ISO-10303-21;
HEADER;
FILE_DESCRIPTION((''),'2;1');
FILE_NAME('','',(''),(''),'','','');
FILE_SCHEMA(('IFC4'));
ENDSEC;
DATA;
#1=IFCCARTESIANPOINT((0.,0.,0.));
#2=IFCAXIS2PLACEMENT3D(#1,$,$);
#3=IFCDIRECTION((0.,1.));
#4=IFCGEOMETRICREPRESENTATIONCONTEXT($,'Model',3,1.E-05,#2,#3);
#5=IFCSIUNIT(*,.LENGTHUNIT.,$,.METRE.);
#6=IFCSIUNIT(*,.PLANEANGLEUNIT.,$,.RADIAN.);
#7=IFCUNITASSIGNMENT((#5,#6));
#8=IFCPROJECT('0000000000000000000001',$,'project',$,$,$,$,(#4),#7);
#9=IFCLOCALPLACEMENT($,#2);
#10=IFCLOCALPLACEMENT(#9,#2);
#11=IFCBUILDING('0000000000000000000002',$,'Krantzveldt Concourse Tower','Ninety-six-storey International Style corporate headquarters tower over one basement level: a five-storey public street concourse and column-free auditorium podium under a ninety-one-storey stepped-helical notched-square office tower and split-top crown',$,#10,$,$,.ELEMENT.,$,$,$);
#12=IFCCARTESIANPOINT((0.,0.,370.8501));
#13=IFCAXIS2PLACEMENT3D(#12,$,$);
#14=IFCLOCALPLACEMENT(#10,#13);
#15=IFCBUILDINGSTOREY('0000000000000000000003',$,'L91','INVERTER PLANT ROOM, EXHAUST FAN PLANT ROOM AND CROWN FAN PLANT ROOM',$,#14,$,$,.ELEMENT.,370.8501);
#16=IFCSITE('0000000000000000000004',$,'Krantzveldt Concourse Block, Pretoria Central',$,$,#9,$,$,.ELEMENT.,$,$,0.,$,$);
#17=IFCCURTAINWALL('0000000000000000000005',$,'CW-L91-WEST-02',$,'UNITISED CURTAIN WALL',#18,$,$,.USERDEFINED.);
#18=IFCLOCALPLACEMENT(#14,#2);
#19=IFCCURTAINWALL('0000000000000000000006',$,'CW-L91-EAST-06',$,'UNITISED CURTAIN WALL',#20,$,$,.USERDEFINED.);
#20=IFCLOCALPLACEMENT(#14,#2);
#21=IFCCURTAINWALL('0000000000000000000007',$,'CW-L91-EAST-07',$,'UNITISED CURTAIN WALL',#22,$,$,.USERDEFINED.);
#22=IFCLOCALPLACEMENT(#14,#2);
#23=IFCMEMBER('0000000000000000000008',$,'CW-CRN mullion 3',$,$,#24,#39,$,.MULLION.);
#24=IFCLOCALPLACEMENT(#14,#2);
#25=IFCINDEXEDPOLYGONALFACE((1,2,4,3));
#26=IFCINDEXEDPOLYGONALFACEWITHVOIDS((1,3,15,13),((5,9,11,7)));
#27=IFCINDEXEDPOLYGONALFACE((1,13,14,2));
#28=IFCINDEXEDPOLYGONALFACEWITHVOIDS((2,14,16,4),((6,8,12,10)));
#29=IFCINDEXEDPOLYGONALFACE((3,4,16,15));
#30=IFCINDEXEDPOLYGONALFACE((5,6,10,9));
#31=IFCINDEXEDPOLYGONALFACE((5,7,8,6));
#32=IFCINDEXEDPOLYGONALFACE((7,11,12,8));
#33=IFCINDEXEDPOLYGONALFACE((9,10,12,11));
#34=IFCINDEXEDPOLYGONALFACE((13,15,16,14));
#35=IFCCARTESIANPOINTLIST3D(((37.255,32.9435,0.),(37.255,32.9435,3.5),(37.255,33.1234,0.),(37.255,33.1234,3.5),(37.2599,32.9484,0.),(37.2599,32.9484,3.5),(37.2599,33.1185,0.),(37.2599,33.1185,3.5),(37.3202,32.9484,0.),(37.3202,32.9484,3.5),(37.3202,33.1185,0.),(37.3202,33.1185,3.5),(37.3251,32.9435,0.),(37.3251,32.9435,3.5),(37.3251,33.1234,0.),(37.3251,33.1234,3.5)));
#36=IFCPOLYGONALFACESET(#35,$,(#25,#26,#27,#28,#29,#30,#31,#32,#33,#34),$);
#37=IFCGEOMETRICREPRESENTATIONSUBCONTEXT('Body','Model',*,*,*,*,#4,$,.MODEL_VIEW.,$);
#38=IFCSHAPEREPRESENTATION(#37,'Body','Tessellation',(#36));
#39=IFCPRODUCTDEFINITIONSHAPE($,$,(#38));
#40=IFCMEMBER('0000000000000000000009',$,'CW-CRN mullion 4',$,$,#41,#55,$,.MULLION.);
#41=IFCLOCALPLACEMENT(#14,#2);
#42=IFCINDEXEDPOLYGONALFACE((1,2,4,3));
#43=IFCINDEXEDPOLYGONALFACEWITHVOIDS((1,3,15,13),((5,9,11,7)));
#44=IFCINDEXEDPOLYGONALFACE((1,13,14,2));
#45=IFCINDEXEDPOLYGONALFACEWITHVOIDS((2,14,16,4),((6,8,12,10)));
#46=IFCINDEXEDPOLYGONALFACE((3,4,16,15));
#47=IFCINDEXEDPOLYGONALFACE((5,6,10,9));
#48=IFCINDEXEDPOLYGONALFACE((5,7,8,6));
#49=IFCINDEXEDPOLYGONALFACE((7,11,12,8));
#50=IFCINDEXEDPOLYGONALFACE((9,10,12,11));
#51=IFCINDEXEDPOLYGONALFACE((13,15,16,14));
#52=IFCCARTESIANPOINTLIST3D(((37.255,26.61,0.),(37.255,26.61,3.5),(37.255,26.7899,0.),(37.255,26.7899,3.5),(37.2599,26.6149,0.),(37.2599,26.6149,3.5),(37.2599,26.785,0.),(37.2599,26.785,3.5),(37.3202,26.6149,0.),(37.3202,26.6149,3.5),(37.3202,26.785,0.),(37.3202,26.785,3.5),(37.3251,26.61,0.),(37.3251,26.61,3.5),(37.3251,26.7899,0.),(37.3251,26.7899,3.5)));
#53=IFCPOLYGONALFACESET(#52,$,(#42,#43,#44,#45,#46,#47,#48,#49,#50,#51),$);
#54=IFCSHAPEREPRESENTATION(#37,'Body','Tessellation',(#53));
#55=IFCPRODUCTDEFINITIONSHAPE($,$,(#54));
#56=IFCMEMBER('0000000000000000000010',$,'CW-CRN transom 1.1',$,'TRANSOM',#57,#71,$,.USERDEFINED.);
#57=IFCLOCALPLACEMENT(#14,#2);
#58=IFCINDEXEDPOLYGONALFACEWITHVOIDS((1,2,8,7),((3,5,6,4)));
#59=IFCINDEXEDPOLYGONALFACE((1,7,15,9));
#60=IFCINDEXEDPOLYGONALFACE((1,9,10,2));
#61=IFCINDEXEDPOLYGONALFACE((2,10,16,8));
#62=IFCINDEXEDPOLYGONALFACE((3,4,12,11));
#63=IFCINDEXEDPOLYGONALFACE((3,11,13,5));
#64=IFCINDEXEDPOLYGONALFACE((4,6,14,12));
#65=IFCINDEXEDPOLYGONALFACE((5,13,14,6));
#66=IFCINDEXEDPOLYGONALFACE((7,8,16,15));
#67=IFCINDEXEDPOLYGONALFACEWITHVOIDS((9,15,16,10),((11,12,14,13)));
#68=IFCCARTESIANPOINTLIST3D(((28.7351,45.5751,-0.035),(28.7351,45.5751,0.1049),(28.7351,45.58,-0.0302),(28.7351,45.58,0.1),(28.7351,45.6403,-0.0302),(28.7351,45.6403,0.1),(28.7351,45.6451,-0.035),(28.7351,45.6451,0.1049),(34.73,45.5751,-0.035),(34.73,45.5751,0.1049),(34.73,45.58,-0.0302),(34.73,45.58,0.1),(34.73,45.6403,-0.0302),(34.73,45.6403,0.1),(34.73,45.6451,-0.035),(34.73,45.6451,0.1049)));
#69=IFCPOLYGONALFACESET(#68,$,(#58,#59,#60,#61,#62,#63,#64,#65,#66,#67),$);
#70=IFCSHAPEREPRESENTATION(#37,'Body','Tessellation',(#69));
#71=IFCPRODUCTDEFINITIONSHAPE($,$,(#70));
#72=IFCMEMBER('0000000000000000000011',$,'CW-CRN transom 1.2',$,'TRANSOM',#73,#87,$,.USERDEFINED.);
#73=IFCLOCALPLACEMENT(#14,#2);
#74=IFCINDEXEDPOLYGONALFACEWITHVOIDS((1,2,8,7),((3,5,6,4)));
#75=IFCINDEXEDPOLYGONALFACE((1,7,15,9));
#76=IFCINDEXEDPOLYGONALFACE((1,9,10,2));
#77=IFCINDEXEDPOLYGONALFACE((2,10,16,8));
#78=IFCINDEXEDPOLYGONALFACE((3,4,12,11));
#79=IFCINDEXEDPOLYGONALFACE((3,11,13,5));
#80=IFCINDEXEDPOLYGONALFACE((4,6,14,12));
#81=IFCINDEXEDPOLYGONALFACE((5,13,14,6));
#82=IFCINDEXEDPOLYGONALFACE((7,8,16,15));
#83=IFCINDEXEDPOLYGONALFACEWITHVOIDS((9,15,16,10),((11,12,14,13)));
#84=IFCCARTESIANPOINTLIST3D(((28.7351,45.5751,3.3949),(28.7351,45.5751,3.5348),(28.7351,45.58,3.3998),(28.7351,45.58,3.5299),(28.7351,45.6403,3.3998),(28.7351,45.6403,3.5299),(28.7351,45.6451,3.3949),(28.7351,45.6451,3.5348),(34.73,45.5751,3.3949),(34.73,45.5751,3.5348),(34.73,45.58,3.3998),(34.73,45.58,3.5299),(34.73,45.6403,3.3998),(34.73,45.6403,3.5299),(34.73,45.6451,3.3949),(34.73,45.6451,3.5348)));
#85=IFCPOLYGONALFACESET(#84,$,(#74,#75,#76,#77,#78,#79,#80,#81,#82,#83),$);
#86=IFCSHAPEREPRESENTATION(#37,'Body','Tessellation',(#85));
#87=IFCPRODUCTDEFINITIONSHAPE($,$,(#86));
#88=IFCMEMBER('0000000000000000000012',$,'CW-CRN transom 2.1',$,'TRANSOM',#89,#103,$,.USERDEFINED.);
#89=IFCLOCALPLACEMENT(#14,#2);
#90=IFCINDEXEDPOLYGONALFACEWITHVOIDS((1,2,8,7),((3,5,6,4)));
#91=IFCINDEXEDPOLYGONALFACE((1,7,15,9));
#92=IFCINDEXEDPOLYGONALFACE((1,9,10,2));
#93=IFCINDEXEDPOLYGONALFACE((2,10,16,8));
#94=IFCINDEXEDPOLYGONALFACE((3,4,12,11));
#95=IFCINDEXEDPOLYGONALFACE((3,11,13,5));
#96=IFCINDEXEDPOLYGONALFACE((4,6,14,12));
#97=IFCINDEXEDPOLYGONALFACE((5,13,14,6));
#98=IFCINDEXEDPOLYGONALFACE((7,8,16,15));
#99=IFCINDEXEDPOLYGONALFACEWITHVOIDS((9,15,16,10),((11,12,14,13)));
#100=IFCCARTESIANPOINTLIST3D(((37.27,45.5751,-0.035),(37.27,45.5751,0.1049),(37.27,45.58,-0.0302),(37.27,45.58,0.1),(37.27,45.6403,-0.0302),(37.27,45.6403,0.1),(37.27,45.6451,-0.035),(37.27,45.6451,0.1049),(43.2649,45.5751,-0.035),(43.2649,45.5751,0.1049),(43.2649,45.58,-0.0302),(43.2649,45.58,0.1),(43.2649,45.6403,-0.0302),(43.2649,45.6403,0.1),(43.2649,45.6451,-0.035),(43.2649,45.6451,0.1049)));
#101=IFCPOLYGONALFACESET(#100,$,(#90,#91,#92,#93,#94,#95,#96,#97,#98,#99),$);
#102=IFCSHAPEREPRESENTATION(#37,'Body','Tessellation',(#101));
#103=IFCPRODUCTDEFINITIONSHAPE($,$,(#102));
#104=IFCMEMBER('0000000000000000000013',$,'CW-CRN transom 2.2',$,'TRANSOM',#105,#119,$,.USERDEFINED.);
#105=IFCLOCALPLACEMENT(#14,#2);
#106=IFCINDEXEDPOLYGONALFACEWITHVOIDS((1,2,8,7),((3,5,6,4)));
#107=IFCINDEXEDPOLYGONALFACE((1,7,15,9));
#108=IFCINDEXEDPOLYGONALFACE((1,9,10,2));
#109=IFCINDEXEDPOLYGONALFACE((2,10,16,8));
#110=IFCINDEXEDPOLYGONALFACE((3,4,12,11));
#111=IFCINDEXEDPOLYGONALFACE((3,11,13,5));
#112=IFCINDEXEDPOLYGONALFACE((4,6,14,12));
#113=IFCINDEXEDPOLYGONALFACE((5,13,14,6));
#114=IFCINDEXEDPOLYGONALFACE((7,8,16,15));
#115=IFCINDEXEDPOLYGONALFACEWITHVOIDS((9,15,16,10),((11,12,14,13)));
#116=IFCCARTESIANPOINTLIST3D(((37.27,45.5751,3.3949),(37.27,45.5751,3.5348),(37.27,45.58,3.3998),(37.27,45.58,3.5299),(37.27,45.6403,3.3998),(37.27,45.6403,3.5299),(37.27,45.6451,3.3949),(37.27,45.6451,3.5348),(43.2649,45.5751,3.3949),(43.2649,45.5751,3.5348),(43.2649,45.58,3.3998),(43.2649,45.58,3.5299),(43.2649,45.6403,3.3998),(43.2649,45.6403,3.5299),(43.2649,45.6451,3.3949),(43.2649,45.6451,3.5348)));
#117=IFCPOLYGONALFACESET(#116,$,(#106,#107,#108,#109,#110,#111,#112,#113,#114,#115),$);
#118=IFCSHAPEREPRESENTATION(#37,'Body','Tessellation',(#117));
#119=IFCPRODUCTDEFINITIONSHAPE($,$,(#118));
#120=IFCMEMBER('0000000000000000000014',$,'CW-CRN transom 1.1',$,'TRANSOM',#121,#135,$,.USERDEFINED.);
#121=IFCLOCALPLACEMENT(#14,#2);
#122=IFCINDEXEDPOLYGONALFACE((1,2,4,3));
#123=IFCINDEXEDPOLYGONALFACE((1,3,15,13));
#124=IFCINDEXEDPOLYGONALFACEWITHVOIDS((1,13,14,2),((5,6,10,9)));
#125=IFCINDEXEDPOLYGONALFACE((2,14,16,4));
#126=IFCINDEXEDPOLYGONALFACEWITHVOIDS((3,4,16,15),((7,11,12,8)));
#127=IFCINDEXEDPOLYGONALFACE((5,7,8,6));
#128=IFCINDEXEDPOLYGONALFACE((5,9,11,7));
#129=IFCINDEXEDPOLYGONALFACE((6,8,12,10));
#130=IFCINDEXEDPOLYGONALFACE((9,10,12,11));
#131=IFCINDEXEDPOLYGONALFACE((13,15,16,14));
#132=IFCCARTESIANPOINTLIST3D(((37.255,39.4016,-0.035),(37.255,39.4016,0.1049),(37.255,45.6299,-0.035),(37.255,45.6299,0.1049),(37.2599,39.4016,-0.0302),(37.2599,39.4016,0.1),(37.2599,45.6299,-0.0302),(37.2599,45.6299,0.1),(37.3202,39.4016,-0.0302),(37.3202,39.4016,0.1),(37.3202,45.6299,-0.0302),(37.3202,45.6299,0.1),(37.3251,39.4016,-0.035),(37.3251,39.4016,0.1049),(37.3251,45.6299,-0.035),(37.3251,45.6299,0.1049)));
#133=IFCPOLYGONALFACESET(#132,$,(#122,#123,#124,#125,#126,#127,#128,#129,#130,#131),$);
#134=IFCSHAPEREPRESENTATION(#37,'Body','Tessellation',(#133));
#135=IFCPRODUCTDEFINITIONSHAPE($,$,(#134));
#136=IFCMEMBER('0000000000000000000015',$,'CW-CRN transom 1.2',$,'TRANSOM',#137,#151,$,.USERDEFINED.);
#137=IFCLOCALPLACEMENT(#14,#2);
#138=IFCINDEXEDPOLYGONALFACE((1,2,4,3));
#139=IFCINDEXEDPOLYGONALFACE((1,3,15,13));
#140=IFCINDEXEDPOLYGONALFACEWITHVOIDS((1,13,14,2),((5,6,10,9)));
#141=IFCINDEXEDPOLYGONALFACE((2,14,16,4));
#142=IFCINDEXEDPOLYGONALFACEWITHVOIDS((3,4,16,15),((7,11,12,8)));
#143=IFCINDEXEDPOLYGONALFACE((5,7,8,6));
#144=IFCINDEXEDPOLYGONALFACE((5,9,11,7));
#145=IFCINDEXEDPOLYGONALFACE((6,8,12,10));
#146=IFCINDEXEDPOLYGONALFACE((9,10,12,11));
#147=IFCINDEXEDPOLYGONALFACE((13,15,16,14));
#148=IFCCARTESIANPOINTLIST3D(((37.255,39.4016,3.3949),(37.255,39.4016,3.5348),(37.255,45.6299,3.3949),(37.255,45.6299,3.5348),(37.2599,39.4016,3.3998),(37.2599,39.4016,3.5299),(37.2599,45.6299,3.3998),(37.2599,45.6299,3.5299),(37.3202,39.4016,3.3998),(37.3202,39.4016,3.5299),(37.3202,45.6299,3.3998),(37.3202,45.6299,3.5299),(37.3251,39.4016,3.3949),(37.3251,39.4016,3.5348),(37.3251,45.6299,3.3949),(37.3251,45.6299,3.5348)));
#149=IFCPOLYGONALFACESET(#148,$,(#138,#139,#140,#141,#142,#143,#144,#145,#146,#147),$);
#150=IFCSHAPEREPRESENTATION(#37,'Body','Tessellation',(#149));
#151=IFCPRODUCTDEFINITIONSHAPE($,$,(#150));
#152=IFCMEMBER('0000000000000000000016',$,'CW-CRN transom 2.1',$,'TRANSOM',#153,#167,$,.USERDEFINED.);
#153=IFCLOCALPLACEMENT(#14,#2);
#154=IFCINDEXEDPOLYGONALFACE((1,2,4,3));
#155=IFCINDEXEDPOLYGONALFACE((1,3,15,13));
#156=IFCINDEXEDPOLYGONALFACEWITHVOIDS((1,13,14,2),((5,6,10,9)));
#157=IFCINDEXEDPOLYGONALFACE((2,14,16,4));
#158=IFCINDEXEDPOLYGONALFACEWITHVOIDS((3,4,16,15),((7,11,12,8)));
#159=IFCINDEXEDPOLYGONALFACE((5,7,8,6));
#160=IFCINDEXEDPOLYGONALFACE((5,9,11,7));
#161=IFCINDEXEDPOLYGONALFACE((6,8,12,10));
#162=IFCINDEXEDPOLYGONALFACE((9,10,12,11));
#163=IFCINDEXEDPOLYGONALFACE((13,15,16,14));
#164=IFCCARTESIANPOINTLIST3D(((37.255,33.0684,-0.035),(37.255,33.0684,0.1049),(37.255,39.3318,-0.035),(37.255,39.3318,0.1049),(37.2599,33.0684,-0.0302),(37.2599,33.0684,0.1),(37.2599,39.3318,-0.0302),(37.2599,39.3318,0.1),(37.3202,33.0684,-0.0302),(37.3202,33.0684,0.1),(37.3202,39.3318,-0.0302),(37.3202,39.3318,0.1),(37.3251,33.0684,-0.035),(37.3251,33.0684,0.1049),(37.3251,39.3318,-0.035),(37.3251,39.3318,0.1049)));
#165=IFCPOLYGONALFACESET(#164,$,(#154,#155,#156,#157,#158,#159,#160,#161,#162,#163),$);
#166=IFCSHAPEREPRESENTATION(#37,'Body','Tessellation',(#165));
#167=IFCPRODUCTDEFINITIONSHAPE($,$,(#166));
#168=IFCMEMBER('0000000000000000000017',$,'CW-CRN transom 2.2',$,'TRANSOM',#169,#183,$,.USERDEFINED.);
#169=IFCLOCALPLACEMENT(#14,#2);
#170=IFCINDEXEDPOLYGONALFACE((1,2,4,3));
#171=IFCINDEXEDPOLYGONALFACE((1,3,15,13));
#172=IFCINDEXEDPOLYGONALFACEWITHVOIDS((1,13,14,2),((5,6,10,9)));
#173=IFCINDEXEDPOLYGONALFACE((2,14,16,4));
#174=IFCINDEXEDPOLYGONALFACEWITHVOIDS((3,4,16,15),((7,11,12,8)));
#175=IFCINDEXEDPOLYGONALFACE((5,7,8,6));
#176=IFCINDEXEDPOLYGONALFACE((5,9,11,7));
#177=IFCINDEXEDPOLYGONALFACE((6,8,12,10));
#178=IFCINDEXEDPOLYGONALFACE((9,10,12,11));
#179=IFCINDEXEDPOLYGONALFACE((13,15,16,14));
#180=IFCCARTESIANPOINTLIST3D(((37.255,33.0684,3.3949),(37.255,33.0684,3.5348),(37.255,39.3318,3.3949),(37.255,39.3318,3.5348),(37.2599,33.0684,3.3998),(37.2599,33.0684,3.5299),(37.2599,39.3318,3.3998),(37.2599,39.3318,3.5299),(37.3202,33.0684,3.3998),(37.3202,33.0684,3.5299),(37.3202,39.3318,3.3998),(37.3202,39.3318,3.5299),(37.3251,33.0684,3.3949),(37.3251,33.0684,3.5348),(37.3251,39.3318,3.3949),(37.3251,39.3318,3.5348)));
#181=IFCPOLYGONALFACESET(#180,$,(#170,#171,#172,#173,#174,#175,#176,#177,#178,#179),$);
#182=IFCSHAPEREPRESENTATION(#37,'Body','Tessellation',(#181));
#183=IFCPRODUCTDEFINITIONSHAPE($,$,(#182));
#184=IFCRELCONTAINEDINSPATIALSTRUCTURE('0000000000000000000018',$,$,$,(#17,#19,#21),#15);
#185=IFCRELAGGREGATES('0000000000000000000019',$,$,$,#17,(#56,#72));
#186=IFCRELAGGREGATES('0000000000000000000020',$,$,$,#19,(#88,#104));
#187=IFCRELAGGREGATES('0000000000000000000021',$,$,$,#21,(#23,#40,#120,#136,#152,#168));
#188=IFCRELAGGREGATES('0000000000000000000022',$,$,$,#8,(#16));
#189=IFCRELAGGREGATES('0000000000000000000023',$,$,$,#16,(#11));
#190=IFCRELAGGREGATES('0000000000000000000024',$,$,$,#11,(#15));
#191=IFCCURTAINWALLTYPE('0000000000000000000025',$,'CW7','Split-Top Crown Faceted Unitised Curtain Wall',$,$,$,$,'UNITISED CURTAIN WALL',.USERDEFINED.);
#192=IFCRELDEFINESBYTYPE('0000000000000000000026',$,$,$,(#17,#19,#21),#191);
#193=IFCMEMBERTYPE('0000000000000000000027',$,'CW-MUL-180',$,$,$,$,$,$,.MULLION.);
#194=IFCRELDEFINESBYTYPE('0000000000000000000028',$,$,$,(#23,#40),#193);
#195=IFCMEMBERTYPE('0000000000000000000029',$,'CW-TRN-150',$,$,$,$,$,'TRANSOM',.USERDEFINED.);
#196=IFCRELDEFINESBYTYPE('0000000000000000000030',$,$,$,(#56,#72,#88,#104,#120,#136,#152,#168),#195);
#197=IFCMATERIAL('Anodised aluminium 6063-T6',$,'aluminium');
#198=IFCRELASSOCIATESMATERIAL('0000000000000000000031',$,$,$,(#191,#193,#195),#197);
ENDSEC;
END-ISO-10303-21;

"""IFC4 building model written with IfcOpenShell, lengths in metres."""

from ifc_helpers import new_model, si_unit, direction, frame, origin, origin_2d, place, context, subcontext, project, spatial, hollow_rectangle, extrude, source, transform, mapped, material, material_profile, profile_set, type_object, type_shapes, element, aggregate, save


model = new_model("IFC4")

# Units and contexts
model_context = context("Model", 3, precision=1e-05, world=origin(), true_north=direction((0.0, 1.0)))
body_context = subcontext(model_context, "Body", "Model", "MODEL_VIEW")
ifc_project = project(units=[si_unit("LENGTHUNIT", "METRE"), si_unit("PLANEANGLEUNIT", "RADIAN")], contexts=[model_context])

# Site, building, storey
site_placement = place(None, origin())
site = spatial("IfcSite", under=ifc_project, at=site_placement, Name="Krantzveldt Concourse Block, Pretoria Central", CompositionType="ELEMENT", RefElevation=0.0)
building_placement = place(site_placement, origin())
building = spatial("IfcBuilding", under=site, at=building_placement, Name="Krantzveldt Concourse Tower", Description="Ninety-six-storey International Style corporate headquarters tower over one basement level: a five-storey public street concourse and column-free auditorium podium under a ninety-one-storey stepped-helical notched-square office tower and split-top crown", CompositionType="ELEMENT")
storey_placement = place(building_placement, frame((0.0, 0.0, 370.8501)))
storey = spatial("IfcBuildingStorey", under=building, at=storey_placement, Name="L91", Description="INVERTER PLANT ROOM, EXHAUST FAN PLANT ROOM AND CROWN FAN PLANT ROOM", CompositionType="ELEMENT", Elevation=370.8501)

# Curtain wall
ifc_material_1 = material(Name="Anodised aluminium 6063-T6", Category="aluminium")
curtain_wall_type = type_object("IfcCurtainWallType", Name="CW7", Description="Split-Top Crown Faceted Unitised Curtain Wall", ElementType="UNITISED CURTAIN WALL", PredefinedType="USERDEFINED", material=ifc_material_1)
curtain_wall_1_placement = place(storey_placement, origin())
curtain_wall_1 = element("IfcCurtainWall", 1, at=curtain_wall_1_placement, inside=storey, type_object=curtain_wall_type, Name="CW-L91-WEST-02", ObjectType="UNITISED CURTAIN WALL", PredefinedType="USERDEFINED")
ifc_material_profile_1 = material_profile(ifc_material_1, hollow_rectangle(XDim=0.0701, YDim=0.1799, WallThickness=0.0049, at=origin_2d()), Name="Anodised aluminium 6063-T6", Category="aluminium")
ifc_profile_set_1 = profile_set([ifc_material_profile_1], Name="Anodised aluminium 6063-T6 - ALU-MULL 180x70x5")
member_type_1 = type_object("IfcMemberType", Name="CW-MUL-180", PredefinedType="MULLION", material=ifc_profile_set_1)
shared_shape_1 = source(origin(), body_context, "Body", "SweptSolid", [
    extrude(hollow_rectangle(XDim=0.0701, YDim=0.1799, WallThickness=0.0049, at=origin_2d()), origin(), (0.0, 0.0, 1.0), 3.5),
])
type_shapes(member_type_1, [shared_shape_1])

# Curtain walls, members
curtain_wall_2_placement = place(storey_placement, origin())
curtain_wall_2 = element("IfcCurtainWall", 2, at=curtain_wall_2_placement, inside=storey, type_object=curtain_wall_type, Name="CW-L91-EAST-06", ObjectType="UNITISED CURTAIN WALL", PredefinedType="USERDEFINED")
curtain_wall_3_placement = place(storey_placement, origin())
curtain_wall_3 = element("IfcCurtainWall", 3, at=curtain_wall_3_placement, inside=storey, type_object=curtain_wall_type, Name="CW-L91-EAST-07", ObjectType="UNITISED CURTAIN WALL", PredefinedType="USERDEFINED")
member_1_placement = place(storey_placement, frame((37.29, 33.0334, 0.0), z_axis=(0.0, 0.0, 1.0), x_axis=(1.0, 0.0, 0.0)))
member_1 = element("IfcMember", 4, at=member_1_placement, type_object=member_type_1, Name="CW-CRN mullion 3", PredefinedType="MULLION", context=body_context, shape_type="MappedRepresentation", body=[
    mapped(shared_shape_1, transform((0.0, 0.0, 0.0), x_axis=(1.0, 0.0, 0.0), y_axis=(0.0, 1.0, 0.0), z_axis=(0.0, 0.0, 1.0), scale=1.0)),
])
member_2_placement = place(storey_placement, frame((37.29, 26.7, 0.0), z_axis=(0.0, 0.0, 1.0), x_axis=(1.0, 0.0, 0.0)))
member_2 = element("IfcMember", 5, at=member_2_placement, type_object=member_type_1, Name="CW-CRN mullion 4", PredefinedType="MULLION", context=body_context, shape_type="MappedRepresentation", body=[
    mapped(shared_shape_1, transform((0.0, 0.0, 0.0), x_axis=(1.0, 0.0, 0.0), y_axis=(0.0, 1.0, 0.0), z_axis=(0.0, 0.0, 1.0), scale=1.0)),
])

# Members
ifc_material_profile_2 = material_profile(ifc_material_1, hollow_rectangle(XDim=0.0701, YDim=0.1399, WallThickness=0.0049, at=origin_2d()), Name="Anodised aluminium 6063-T6", Category="aluminium")
ifc_profile_set_2 = profile_set([ifc_material_profile_2], Name="Anodised aluminium 6063-T6 - ALU-TRAN 140x70x5")
member_type_2 = type_object("IfcMemberType", Name="CW-TRN-150", ElementType="TRANSOM", PredefinedType="USERDEFINED", material=ifc_profile_set_2)
shared_shape_2 = source(origin(), body_context, "Body", "SweptSolid", [
    extrude(hollow_rectangle(XDim=0.0701, YDim=0.1399, WallThickness=0.0049, at=origin_2d()), origin(), (0.0, 0.0, 1.0), 5.9949),
])
member_3_placement = place(storey_placement, frame((34.73, 45.6101, 0.0349), z_axis=(-1.0, 0.0, 0.0), x_axis=(0.0, -1.0, 0.0)))
member_3 = element("IfcMember", 6, at=member_3_placement, type_object=member_type_2, Name="CW-CRN transom 1.1", ObjectType="TRANSOM", PredefinedType="USERDEFINED", context=body_context, shape_type="MappedRepresentation", body=[
    mapped(shared_shape_2, transform((0.0, 0.0, 0.0), x_axis=(1.0, 0.0, 0.0), y_axis=(0.0, 1.0, 0.0), z_axis=(0.0, 0.0, 1.0), scale=1.0)),
])
member_4_placement = place(storey_placement, frame((34.73, 45.6101, 3.4648), z_axis=(-1.0, 0.0, 0.0), x_axis=(0.0, -1.0, 0.0)))
member_4 = element("IfcMember", 7, at=member_4_placement, type_object=member_type_2, Name="CW-CRN transom 1.2", ObjectType="TRANSOM", PredefinedType="USERDEFINED", context=body_context, shape_type="MappedRepresentation", body=[
    mapped(shared_shape_2, transform((0.0, 0.0, 0.0), x_axis=(1.0, 0.0, 0.0), y_axis=(0.0, 1.0, 0.0), z_axis=(0.0, 0.0, 1.0), scale=1.0)),
])
aggregate(curtain_wall_1, [member_3, member_4])
member_5_placement = place(storey_placement, frame((43.2649, 45.6101, 0.0349), z_axis=(-1.0, 0.0, 0.0), x_axis=(0.0, -1.0, 0.0)))
member_5 = element("IfcMember", 8, at=member_5_placement, type_object=member_type_2, Name="CW-CRN transom 2.1", ObjectType="TRANSOM", PredefinedType="USERDEFINED", context=body_context, shape_type="MappedRepresentation", body=[
    mapped(shared_shape_2, transform((0.0, 0.0, 0.0), x_axis=(1.0, 0.0, 0.0), y_axis=(0.0, 1.0, 0.0), z_axis=(0.0, 0.0, 1.0), scale=1.0)),
])
member_6_placement = place(storey_placement, frame((43.2649, 45.6101, 3.4648), z_axis=(-1.0, 0.0, 0.0), x_axis=(0.0, -1.0, 0.0)))
member_6 = element("IfcMember", 9, at=member_6_placement, type_object=member_type_2, Name="CW-CRN transom 2.2", ObjectType="TRANSOM", PredefinedType="USERDEFINED", context=body_context, shape_type="MappedRepresentation", body=[
    mapped(shared_shape_2, transform((0.0, 0.0, 0.0), x_axis=(1.0, 0.0, 0.0), y_axis=(0.0, 1.0, 0.0), z_axis=(0.0, 0.0, 1.0), scale=1.0)),
])
shared_shape_3 = source(origin(), body_context, "Body", "SweptSolid", [
    extrude(hollow_rectangle(XDim=0.0701, YDim=0.1399, WallThickness=0.0049, at=origin_2d()), origin(), (0.0, 0.0, 1.0), 6.2283),
])
member_7_placement = place(storey_placement, frame((37.29, 45.6299, 0.0349), z_axis=(0.0, -1.0, 0.0), x_axis=(1.0, 0.0, 0.0)))
member_7 = element("IfcMember", 10, at=member_7_placement, type_object=member_type_2, Name="CW-CRN transom 1.1", ObjectType="TRANSOM", PredefinedType="USERDEFINED", context=body_context, shape_type="MappedRepresentation", body=[
    mapped(shared_shape_3, transform((0.0, 0.0, 0.0), x_axis=(1.0, 0.0, 0.0), y_axis=(0.0, 1.0, 0.0), z_axis=(0.0, 0.0, 1.0), scale=1.0)),
])
member_8_placement = place(storey_placement, frame((37.29, 45.6299, 3.4648), z_axis=(0.0, -1.0, 0.0), x_axis=(1.0, 0.0, 0.0)))
member_8 = element("IfcMember", 11, at=member_8_placement, type_object=member_type_2, Name="CW-CRN transom 1.2", ObjectType="TRANSOM", PredefinedType="USERDEFINED", context=body_context, shape_type="MappedRepresentation", body=[
    mapped(shared_shape_3, transform((0.0, 0.0, 0.0), x_axis=(1.0, 0.0, 0.0), y_axis=(0.0, 1.0, 0.0), z_axis=(0.0, 0.0, 1.0), scale=1.0)),
])
shared_shape_4 = source(origin(), body_context, "Body", "SweptSolid", [
    extrude(hollow_rectangle(XDim=0.0701, YDim=0.1399, WallThickness=0.0049, at=origin_2d()), origin(), (0.0, 0.0, 1.0), 6.2634),
])
member_9_placement = place(storey_placement, frame((37.29, 39.3318, 0.0349), z_axis=(0.0, -1.0, 0.0), x_axis=(1.0, 0.0, 0.0)))
member_9 = element("IfcMember", 12, at=member_9_placement, type_object=member_type_2, Name="CW-CRN transom 2.1", ObjectType="TRANSOM", PredefinedType="USERDEFINED", context=body_context, shape_type="MappedRepresentation", body=[
    mapped(shared_shape_4, transform((0.0, 0.0, 0.0), x_axis=(1.0, 0.0, 0.0), y_axis=(0.0, 1.0, 0.0), z_axis=(0.0, 0.0, 1.0), scale=1.0)),
])
member_10_placement = place(storey_placement, frame((37.29, 39.3318, 3.4648), z_axis=(0.0, -1.0, 0.0), x_axis=(1.0, 0.0, 0.0)))
member_10 = element("IfcMember", 13, at=member_10_placement, type_object=member_type_2, Name="CW-CRN transom 2.2", ObjectType="TRANSOM", PredefinedType="USERDEFINED", context=body_context, shape_type="MappedRepresentation", body=[
    mapped(shared_shape_4, transform((0.0, 0.0, 0.0), x_axis=(1.0, 0.0, 0.0), y_axis=(0.0, 1.0, 0.0), z_axis=(0.0, 0.0, 1.0), scale=1.0)),
])

aggregate(curtain_wall_2, [member_5, member_6])
aggregate(curtain_wall_3, [member_1, member_2, member_7, member_8, member_9, member_10])

save(model, "model.ifc")
